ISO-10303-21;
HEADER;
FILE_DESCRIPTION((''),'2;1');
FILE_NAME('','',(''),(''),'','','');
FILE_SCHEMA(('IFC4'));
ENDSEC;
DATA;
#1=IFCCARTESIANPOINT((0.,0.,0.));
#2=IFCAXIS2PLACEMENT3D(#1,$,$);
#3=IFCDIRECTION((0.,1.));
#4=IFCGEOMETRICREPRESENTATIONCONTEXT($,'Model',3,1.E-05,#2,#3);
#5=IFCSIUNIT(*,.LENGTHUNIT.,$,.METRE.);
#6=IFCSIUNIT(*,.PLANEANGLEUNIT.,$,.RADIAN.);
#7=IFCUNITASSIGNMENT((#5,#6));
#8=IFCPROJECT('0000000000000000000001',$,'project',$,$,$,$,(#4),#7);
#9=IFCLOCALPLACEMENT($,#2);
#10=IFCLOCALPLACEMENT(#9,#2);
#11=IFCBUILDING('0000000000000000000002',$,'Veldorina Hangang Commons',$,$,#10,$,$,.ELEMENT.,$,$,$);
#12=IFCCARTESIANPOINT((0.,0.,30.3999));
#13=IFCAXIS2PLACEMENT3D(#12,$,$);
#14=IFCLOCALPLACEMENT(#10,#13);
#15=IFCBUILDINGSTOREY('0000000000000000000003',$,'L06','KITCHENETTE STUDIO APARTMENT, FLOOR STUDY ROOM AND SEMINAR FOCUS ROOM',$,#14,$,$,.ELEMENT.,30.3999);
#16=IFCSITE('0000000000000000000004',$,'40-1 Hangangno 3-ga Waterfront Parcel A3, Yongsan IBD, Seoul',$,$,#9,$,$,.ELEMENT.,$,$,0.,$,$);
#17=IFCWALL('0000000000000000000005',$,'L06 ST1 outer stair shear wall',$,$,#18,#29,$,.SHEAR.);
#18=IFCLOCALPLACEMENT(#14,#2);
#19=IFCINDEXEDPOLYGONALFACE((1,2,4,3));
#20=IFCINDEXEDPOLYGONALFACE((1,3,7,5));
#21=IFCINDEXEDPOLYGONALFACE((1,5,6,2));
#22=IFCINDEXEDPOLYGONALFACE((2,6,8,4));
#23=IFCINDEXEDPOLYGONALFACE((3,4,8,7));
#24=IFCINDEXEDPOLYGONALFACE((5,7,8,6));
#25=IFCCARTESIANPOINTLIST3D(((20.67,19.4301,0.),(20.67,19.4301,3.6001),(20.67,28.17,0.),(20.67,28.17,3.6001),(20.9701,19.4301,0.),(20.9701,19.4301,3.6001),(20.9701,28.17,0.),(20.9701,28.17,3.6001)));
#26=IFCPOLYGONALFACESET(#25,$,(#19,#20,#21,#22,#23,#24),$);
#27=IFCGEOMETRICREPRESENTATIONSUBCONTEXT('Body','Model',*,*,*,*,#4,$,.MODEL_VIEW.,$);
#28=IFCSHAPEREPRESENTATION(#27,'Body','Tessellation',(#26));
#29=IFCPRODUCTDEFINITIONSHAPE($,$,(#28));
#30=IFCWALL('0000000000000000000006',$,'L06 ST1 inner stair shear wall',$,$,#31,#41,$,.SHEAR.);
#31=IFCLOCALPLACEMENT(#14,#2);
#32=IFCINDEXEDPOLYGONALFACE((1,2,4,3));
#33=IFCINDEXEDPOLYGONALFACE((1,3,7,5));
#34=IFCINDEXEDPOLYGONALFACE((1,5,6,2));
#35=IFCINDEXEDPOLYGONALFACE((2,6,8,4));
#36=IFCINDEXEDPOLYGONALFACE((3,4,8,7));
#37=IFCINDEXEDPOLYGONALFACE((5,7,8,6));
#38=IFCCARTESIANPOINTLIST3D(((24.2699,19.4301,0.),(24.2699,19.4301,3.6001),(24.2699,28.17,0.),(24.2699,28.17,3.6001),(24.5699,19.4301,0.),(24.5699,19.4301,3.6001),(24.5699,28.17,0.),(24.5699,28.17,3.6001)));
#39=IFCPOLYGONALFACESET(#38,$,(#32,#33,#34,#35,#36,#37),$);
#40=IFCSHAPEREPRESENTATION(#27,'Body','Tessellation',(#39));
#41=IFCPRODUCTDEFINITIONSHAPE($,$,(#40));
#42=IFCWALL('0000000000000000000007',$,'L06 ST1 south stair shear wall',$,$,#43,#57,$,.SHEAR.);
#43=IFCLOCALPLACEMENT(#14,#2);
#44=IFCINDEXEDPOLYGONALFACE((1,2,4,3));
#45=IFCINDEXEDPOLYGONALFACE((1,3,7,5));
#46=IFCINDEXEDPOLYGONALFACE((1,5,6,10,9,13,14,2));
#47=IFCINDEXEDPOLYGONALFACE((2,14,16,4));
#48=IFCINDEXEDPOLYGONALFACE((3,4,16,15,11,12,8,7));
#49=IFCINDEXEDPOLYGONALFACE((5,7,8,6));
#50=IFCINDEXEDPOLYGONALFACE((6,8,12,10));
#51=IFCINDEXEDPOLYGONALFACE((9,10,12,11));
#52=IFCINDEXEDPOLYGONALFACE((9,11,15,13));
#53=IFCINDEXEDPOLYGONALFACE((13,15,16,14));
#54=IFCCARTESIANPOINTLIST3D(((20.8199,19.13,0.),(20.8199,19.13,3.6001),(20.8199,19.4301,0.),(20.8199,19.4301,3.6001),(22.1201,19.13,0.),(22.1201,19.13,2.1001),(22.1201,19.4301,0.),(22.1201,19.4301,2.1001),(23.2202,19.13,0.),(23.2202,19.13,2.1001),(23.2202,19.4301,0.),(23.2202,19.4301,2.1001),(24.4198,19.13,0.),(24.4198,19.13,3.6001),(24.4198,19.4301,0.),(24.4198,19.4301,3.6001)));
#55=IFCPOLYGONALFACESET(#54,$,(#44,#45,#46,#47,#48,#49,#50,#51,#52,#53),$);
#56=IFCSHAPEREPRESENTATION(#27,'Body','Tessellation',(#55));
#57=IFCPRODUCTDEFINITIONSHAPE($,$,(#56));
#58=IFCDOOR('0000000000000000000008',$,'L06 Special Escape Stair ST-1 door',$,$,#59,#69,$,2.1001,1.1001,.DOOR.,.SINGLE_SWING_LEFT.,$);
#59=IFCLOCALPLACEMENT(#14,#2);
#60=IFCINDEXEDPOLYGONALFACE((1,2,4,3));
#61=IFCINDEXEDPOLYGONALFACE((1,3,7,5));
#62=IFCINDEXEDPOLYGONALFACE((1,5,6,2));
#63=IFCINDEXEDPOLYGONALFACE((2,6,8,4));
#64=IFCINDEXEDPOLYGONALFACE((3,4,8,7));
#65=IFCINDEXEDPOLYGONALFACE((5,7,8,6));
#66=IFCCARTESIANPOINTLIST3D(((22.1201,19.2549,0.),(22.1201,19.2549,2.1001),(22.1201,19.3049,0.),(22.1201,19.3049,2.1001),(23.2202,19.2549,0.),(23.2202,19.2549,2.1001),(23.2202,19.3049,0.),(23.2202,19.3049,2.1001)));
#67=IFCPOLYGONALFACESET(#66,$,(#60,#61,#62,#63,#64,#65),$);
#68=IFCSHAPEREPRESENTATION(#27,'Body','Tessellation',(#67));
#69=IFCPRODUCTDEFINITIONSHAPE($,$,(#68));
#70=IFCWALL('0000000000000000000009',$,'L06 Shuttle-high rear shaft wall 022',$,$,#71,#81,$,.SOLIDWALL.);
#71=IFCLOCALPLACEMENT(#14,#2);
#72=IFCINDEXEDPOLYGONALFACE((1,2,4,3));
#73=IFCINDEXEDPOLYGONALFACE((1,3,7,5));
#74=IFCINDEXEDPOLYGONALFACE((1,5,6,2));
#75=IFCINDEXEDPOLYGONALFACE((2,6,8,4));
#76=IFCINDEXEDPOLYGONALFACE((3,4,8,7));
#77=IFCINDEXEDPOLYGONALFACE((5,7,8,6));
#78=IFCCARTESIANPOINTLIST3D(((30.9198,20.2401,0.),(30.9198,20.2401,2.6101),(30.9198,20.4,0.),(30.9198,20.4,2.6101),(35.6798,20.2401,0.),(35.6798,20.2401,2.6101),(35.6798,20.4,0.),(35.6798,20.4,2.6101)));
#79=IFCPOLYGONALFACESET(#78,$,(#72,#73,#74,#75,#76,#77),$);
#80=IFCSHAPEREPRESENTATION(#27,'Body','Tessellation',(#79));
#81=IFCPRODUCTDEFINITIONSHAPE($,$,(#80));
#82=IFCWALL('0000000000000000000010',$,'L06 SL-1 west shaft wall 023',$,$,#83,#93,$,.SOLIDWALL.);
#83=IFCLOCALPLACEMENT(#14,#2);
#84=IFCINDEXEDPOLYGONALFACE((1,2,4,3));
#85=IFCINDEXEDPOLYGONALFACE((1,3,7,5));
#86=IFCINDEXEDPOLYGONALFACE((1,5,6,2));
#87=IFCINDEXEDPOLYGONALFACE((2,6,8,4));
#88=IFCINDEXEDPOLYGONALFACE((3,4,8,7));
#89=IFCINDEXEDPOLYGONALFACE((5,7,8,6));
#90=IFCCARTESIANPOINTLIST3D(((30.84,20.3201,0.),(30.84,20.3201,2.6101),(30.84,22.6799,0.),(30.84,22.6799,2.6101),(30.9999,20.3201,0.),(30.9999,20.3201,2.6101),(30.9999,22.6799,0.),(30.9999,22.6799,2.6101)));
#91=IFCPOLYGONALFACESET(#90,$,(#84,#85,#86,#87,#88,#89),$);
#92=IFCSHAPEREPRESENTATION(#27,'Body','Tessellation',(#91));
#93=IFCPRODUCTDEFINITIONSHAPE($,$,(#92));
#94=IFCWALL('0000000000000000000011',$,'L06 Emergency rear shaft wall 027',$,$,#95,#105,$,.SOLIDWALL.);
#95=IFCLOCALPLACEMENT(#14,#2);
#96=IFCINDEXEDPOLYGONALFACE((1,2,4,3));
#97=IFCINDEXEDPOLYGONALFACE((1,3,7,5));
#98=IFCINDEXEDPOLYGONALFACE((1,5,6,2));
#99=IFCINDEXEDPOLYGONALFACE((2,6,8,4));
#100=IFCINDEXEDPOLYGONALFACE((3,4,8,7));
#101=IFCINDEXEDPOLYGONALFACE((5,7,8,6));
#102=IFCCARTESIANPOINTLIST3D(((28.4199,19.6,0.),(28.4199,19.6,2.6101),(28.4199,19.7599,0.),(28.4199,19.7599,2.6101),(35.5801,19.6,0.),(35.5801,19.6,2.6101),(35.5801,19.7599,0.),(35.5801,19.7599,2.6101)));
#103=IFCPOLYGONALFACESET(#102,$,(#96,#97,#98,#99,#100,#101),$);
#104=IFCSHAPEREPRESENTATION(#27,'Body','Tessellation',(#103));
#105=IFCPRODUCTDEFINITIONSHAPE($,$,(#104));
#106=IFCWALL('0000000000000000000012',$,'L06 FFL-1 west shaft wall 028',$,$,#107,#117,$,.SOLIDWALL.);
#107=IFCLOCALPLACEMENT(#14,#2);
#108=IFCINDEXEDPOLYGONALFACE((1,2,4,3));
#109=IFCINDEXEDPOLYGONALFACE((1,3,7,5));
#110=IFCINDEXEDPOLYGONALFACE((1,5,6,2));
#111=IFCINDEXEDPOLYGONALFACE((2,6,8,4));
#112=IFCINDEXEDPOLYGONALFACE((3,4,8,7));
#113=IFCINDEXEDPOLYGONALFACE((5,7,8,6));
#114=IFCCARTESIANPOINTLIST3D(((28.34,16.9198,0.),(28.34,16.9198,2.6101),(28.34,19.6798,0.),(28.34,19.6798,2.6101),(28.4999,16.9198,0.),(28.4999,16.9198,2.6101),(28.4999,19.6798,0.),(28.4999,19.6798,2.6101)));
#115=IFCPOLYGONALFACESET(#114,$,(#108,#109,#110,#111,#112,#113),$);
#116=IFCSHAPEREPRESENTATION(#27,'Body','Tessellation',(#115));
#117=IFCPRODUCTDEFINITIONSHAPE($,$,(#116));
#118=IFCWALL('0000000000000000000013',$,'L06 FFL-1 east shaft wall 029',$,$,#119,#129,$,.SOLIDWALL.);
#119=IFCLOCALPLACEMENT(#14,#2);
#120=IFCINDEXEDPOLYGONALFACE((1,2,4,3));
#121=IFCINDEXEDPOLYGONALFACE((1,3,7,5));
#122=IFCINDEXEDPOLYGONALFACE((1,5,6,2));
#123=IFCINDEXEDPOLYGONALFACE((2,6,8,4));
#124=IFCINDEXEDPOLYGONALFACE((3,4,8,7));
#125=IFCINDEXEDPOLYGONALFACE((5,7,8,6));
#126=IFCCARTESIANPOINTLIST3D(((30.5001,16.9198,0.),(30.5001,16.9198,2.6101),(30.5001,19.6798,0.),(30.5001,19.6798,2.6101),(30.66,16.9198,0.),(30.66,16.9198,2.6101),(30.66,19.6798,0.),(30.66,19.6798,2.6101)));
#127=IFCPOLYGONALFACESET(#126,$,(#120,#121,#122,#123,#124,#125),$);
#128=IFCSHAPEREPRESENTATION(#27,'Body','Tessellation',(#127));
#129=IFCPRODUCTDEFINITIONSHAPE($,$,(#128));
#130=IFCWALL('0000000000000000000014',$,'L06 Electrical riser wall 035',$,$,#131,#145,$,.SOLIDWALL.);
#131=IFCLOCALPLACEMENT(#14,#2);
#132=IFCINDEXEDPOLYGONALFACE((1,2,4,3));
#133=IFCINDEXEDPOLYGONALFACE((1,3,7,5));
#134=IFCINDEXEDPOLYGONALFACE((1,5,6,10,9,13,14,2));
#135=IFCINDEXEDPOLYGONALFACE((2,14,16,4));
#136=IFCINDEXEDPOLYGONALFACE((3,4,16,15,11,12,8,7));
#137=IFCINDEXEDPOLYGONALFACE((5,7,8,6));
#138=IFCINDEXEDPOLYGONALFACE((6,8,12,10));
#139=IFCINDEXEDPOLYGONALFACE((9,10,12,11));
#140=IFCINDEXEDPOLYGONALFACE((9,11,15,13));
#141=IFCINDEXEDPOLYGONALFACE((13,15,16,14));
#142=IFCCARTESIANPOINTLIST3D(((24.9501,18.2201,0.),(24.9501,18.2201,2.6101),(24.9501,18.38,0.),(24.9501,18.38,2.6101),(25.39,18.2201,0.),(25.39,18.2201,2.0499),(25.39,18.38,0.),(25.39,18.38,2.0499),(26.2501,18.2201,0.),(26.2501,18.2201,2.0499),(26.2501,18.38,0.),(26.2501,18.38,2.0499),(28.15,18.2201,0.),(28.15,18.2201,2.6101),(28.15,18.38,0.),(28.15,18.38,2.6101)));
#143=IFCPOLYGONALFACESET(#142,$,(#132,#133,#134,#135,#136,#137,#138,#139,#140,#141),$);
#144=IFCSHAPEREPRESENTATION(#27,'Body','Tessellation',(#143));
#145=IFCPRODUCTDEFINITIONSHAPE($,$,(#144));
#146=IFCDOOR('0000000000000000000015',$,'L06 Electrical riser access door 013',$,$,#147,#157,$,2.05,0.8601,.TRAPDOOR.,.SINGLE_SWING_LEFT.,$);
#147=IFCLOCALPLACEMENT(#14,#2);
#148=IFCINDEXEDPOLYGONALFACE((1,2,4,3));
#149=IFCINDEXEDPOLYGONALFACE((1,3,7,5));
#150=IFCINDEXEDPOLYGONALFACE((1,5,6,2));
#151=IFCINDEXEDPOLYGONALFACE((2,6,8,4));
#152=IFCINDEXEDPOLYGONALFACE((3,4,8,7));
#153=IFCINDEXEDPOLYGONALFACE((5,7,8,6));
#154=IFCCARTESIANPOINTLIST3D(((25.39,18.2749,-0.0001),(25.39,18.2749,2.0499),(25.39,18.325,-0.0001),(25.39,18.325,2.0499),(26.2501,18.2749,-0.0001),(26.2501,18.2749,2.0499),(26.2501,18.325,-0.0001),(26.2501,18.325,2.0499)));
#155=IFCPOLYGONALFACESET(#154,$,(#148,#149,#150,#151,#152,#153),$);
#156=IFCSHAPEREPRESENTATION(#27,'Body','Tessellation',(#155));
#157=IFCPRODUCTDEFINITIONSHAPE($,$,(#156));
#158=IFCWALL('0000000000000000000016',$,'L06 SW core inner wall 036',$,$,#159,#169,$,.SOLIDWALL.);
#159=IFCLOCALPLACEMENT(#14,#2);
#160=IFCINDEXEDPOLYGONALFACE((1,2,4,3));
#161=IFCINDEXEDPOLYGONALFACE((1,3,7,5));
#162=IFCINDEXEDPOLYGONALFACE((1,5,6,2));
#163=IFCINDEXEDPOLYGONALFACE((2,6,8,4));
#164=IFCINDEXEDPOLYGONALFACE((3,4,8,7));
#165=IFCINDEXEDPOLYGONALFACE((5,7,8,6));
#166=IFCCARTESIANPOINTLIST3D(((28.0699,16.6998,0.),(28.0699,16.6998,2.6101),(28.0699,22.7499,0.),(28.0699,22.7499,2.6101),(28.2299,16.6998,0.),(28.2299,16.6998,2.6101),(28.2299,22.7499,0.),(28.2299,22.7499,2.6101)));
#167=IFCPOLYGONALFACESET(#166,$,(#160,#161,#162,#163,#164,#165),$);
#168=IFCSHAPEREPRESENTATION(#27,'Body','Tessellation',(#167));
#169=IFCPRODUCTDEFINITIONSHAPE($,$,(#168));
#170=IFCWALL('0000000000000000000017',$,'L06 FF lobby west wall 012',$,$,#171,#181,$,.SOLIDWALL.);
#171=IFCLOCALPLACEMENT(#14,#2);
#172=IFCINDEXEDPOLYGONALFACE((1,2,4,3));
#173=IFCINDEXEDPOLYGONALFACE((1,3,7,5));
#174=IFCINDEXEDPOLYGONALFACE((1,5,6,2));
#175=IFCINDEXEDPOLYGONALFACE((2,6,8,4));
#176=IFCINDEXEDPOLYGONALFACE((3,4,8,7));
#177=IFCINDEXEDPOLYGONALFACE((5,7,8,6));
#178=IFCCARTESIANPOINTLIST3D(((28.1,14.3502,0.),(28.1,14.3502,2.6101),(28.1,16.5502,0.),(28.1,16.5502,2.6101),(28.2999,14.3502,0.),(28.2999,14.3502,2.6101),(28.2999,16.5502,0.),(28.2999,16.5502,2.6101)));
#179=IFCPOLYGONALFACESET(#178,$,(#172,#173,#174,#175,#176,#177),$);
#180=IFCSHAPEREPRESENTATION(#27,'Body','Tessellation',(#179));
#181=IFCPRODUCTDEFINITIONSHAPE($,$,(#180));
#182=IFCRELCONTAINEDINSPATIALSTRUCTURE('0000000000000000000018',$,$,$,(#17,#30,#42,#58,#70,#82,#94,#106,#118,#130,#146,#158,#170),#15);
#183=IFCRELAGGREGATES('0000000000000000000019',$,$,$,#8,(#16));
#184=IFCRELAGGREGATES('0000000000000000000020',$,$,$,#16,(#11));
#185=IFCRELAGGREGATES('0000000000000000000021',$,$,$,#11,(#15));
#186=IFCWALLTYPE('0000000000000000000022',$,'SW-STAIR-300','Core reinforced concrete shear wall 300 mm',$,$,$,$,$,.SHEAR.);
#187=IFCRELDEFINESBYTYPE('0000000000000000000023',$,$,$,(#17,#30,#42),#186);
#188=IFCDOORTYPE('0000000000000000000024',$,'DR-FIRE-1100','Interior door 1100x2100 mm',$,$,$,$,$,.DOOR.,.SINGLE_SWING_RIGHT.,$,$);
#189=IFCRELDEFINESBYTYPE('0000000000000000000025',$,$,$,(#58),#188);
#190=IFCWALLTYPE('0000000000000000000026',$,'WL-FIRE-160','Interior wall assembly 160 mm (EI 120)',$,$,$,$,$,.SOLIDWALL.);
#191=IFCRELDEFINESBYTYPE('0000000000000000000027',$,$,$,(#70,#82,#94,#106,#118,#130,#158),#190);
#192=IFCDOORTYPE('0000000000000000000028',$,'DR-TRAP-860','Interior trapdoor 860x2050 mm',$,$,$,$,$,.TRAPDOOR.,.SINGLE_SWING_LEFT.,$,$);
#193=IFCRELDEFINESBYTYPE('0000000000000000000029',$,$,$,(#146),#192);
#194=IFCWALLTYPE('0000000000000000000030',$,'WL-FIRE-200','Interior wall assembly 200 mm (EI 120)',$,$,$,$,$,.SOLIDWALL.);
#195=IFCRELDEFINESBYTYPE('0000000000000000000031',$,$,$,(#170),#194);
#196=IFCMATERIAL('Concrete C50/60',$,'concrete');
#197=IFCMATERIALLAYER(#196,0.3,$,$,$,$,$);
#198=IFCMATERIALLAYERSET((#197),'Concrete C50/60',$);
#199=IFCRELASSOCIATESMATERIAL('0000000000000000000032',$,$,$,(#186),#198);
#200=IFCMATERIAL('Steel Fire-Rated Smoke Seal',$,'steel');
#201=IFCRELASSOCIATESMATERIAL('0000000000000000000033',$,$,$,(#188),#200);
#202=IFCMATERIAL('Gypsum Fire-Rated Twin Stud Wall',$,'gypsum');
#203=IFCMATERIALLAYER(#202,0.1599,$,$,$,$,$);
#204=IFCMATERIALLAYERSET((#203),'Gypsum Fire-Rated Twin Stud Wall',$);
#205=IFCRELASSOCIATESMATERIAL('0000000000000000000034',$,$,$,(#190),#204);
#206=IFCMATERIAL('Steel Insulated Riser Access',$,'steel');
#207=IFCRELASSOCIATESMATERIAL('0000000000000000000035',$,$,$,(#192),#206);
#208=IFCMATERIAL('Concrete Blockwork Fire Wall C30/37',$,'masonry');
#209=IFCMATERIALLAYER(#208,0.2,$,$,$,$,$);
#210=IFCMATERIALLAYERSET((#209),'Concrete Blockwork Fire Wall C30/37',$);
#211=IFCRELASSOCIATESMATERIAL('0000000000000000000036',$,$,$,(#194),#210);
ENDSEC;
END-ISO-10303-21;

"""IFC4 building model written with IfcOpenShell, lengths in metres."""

from ifc_helpers import new_model, si_unit, direction, frame, frame_2d, origin, place, context, subcontext, project, spatial, rectangle, extrude, material, layer, layer_set, type_object, element, fill, save


model = new_model("IFC4")

# Units and contexts
model_context = context("Model", 3, precision=1e-05, world=origin(), true_north=direction((0.0, 1.0)))
body_context = subcontext(model_context, "Body", "Model", "MODEL_VIEW")
ifc_project = project(units=[si_unit("LENGTHUNIT", "METRE"), si_unit("PLANEANGLEUNIT", "RADIAN")], contexts=[model_context])

# Site, building, storey
site_placement = place(None, origin())
site = spatial("IfcSite", under=ifc_project, at=site_placement, Name="40-1 Hangangno 3-ga Waterfront Parcel A3, Yongsan IBD, Seoul", CompositionType="ELEMENT", RefElevation=0.0)
building_placement = place(site_placement, origin())
building = spatial("IfcBuilding", under=site, at=building_placement, Name="Veldorina Hangang Commons", CompositionType="ELEMENT")
storey_placement = place(building_placement, frame((0.0, 0.0, 30.3999)))
storey = spatial("IfcBuildingStorey", under=building, at=storey_placement, Name="L06", Description="KITCHENETTE STUDIO APARTMENT, FLOOR STUDY ROOM AND SEMINAR FOCUS ROOM", CompositionType="ELEMENT", Elevation=30.3999)

# Walls
ifc_material_1 = material(Name="Concrete C50/60", Category="concrete")
ifc_layer_1 = layer(ifc_material_1, 0.3)
ifc_layer_set_1 = layer_set([ifc_layer_1], Name="Concrete C50/60")
wall_type_1 = type_object("IfcWallType", Name="SW-STAIR-300", Description="Core reinforced concrete shear wall 300 mm", PredefinedType="SHEAR", material=ifc_layer_set_1)
for number, where, z_axis, x_axis, name in (
    (1, (20.8201, 19.4299, 0.0), (0.0, 0.0, 1.0), (0.0, 1.0, 0.0), "L06 ST1 outer stair shear wall"),
    (2, (24.4199, 19.4299, 0.0), (0.0, 0.0, 1.0), (0.0, 1.0, 0.0), "L06 ST1 inner stair shear wall"),
):
    element("IfcWall", number, at=place(storey_placement, frame(where, z_axis=z_axis, x_axis=x_axis)), inside=storey, type_object=wall_type_1, Name=name, PredefinedType="SHEAR", context=body_context, shape_type="SweptSolid", body=[
        extrude(rectangle(XDim=8.74, YDim=0.3, at=frame_2d((4.3701, 0.0))), origin(), (0.0, 0.0, 1.0), 3.6001),
    ])

# Wall, opening, door
wall_1_placement = place(storey_placement, frame((20.8201, 19.28, 0.0), z_axis=(0.0, 0.0, 1.0), x_axis=(1.0, 0.0, 0.0)))
wall_1 = element("IfcWall", 3, at=wall_1_placement, inside=storey, type_object=wall_type_1, Name="L06 ST1 south stair shear wall", PredefinedType="SHEAR", context=body_context, shape_type="SweptSolid", body=[
    extrude(rectangle(XDim=3.5999, YDim=0.3, at=frame_2d((1.7998, 0.0))), origin(), (0.0, 0.0, 1.0), 3.6001),
])
opening_1_placement = place(wall_1_placement, frame((1.3, 0.0, 0.0)))
opening_1 = element("IfcOpeningElement", 4, at=opening_1_placement, cuts=wall_1, PredefinedType="OPENING", context=body_context, shape_type="SweptSolid", body=[
    extrude(rectangle(XDim=1.1001, YDim=2.1001, at=frame_2d((0.55, 1.05))), frame((0.0, 0.1602, 0.0), z_axis=(0.0, -1.0, 0.0), x_axis=(1.0, 0.0, 0.0)), (0.0, 0.0, 1.0), 0.3201),
])
ifc_material_2 = material(Name="Steel Fire-Rated Smoke Seal", Category="steel")
door_type_1 = type_object("IfcDoorType", Name="DR-FIRE-1100", Description="Interior door 1100x2100 mm", OperationType="SINGLE_SWING_RIGHT", PredefinedType="DOOR", material=ifc_material_2)
door_1_placement = place(opening_1_placement, origin())
door_1 = element("IfcDoor", 5, at=door_1_placement, inside=storey, type_object=door_type_1, Name="L06 Special Escape Stair ST-1 door", OperationType="SINGLE_SWING_LEFT", OverallHeight=2.1001, OverallWidth=1.1001, PredefinedType="DOOR", context=body_context, shape_type="SweptSolid", body=[
    extrude(rectangle(XDim=1.1001, YDim=2.1001, at=frame_2d((0.55, 1.05))), frame((0.0, 0.0249, 0.0), z_axis=(0.0, -1.0, 0.0), x_axis=(1.0, 0.0, 0.0)), (0.0, 0.0, 1.0), 0.05),
])
fill(opening_1, door_1)

# Walls
ifc_material_3 = material(Name="Gypsum Fire-Rated Twin Stud Wall", Category="gypsum")
ifc_layer_2 = layer(ifc_material_3, 0.1599)
ifc_layer_set_2 = layer_set([ifc_layer_2], Name="Gypsum Fire-Rated Twin Stud Wall")
wall_type_2 = type_object("IfcWallType", Name="WL-FIRE-160", Description="Interior wall assembly 160 mm (EI 120)", PredefinedType="SOLIDWALL", material=ifc_layer_set_2)
wall_2_placement = place(storey_placement, frame((30.9199, 20.3201, 0.0), z_axis=(0.0, 0.0, 1.0), x_axis=(1.0, 0.0, 0.0)))
element("IfcWall", 6, at=wall_2_placement, inside=storey, type_object=wall_type_2, Name="L06 Shuttle-high rear shaft wall 022", PredefinedType="SOLIDWALL", context=body_context, shape_type="SweptSolid", body=[
    extrude(rectangle(XDim=4.76, YDim=0.1599, at=frame_2d((2.3799, 0.0))), origin(), (0.0, 0.0, 1.0), 2.6101),
])
wall_3_placement = place(storey_placement, frame((30.9199, 20.3201, 0.0), z_axis=(0.0, 0.0, 1.0), x_axis=(0.0, 1.0, 0.0)))
element("IfcWall", 7, at=wall_3_placement, inside=storey, type_object=wall_type_2, Name="L06 SL-1 west shaft wall 023", PredefinedType="SOLIDWALL", context=body_context, shape_type="SweptSolid", body=[
    extrude(rectangle(XDim=2.3599, YDim=0.1599, at=frame_2d((1.1799, 0.0))), origin(), (0.0, 0.0, 1.0), 2.6101),
])

# Walls
wall_4_placement = place(storey_placement, frame((28.4199, 19.6799, 0.0), z_axis=(0.0, 0.0, 1.0), x_axis=(1.0, 0.0, 0.0)))
element("IfcWall", 8, at=wall_4_placement, inside=storey, type_object=wall_type_2, Name="L06 Emergency rear shaft wall 027", PredefinedType="SOLIDWALL", context=body_context, shape_type="SweptSolid", body=[
    extrude(rectangle(XDim=7.1602, YDim=0.1599, at=frame_2d((3.5801, 0.0))), origin(), (0.0, 0.0, 1.0), 2.6101),
])
for number, where, z_axis, x_axis, name in (
    (9, (28.4199, 16.9199, 0.0), (0.0, 0.0, 1.0), (0.0, 1.0, 0.0), "L06 FFL-1 west shaft wall 028"),
    (10, (30.5801, 16.9199, 0.0), (0.0, 0.0, 1.0), (0.0, 1.0, 0.0), "L06 FFL-1 east shaft wall 029"),
):
    element("IfcWall", number, at=place(storey_placement, frame(where, z_axis=z_axis, x_axis=x_axis)), inside=storey, type_object=wall_type_2, Name=name, PredefinedType="SOLIDWALL", context=body_context, shape_type="SweptSolid", body=[
        extrude(rectangle(XDim=2.76, YDim=0.1599, at=frame_2d((1.3799, 0.0))), origin(), (0.0, 0.0, 1.0), 2.6101),
    ])

# Wall, opening, door
wall_5_placement = place(storey_placement, frame((24.95, 18.3, 0.0), z_axis=(0.0, 0.0, 1.0), x_axis=(1.0, 0.0, 0.0)))
wall_5 = element("IfcWall", 11, at=wall_5_placement, inside=storey, type_object=wall_type_2, Name="L06 Electrical riser wall 035", PredefinedType="SOLIDWALL", context=body_context, shape_type="SweptSolid", body=[
    extrude(rectangle(XDim=3.2, YDim=0.1599, at=frame_2d((1.6001, 0.0))), origin(), (0.0, 0.0, 1.0), 2.6101),
])
opening_2_placement = place(wall_5_placement, frame((0.4399, 0.0, 0.0)))
opening_2 = element("IfcOpeningElement", 12, at=opening_2_placement, cuts=wall_5, PredefinedType="OPENING", context=body_context, shape_type="SweptSolid", body=[
    extrude(rectangle(XDim=0.8601, YDim=2.05, at=frame_2d((0.4302, 1.0249))), frame((0.0, 0.0898, 0.0), z_axis=(0.0, -1.0, 0.0), x_axis=(1.0, 0.0, 0.0)), (0.0, 0.0, 1.0), 0.1799),
])
ifc_material_4 = material(Name="Steel Insulated Riser Access", Category="steel")
door_type_2 = type_object("IfcDoorType", Name="DR-TRAP-860", Description="Interior trapdoor 860x2050 mm", OperationType="SINGLE_SWING_LEFT", PredefinedType="TRAPDOOR", material=ifc_material_4)
door_2_placement = place(opening_2_placement, origin())
door_2 = element("IfcDoor", 13, at=door_2_placement, inside=storey, type_object=door_type_2, Name="L06 Electrical riser access door 013", OperationType="SINGLE_SWING_LEFT", OverallHeight=2.05, OverallWidth=0.8601, PredefinedType="TRAPDOOR", context=body_context, shape_type="SweptSolid", body=[
    extrude(rectangle(XDim=0.8601, YDim=2.05, at=frame_2d((0.4302, 1.0249))), frame((0.0, 0.0249, 0.0), z_axis=(0.0, -1.0, 0.0), x_axis=(1.0, 0.0, 0.0)), (0.0, 0.0, 1.0), 0.05),
])
fill(opening_2, door_2)

# Walls
wall_6_placement = place(storey_placement, frame((28.1499, 16.7, 0.0), z_axis=(0.0, 0.0, 1.0), x_axis=(0.0, 1.0, 0.0)))
element("IfcWall", 14, at=wall_6_placement, inside=storey, type_object=wall_type_2, Name="L06 SW core inner wall 036", PredefinedType="SOLIDWALL", context=body_context, shape_type="SweptSolid", body=[
    extrude(rectangle(XDim=6.05, YDim=0.1599, at=frame_2d((3.0249, 0.0))), origin(), (0.0, 0.0, 1.0), 2.6101),
])
ifc_material_5 = material(Name="Concrete Blockwork Fire Wall C30/37", Category="masonry")
ifc_layer_3 = layer(ifc_material_5, 0.2)
ifc_layer_set_3 = layer_set([ifc_layer_3], Name="Concrete Blockwork Fire Wall C30/37")
wall_type_3 = type_object("IfcWallType", Name="WL-FIRE-200", Description="Interior wall assembly 200 mm (EI 120)", PredefinedType="SOLIDWALL", material=ifc_layer_set_3)
wall_7_placement = place(storey_placement, frame((28.2, 14.3501, 0.0), z_axis=(0.0, 0.0, 1.0), x_axis=(0.0, 1.0, 0.0)))
element("IfcWall", 15, at=wall_7_placement, inside=storey, type_object=wall_type_3, Name="L06 FF lobby west wall 012", PredefinedType="SOLIDWALL", context=body_context, shape_type="SweptSolid", body=[
    extrude(rectangle(XDim=2.2, YDim=0.2, at=frame_2d((1.1001, 0.0))), origin(), (0.0, 0.0, 1.0), 2.6101),
])

save(model, "model.ifc")
